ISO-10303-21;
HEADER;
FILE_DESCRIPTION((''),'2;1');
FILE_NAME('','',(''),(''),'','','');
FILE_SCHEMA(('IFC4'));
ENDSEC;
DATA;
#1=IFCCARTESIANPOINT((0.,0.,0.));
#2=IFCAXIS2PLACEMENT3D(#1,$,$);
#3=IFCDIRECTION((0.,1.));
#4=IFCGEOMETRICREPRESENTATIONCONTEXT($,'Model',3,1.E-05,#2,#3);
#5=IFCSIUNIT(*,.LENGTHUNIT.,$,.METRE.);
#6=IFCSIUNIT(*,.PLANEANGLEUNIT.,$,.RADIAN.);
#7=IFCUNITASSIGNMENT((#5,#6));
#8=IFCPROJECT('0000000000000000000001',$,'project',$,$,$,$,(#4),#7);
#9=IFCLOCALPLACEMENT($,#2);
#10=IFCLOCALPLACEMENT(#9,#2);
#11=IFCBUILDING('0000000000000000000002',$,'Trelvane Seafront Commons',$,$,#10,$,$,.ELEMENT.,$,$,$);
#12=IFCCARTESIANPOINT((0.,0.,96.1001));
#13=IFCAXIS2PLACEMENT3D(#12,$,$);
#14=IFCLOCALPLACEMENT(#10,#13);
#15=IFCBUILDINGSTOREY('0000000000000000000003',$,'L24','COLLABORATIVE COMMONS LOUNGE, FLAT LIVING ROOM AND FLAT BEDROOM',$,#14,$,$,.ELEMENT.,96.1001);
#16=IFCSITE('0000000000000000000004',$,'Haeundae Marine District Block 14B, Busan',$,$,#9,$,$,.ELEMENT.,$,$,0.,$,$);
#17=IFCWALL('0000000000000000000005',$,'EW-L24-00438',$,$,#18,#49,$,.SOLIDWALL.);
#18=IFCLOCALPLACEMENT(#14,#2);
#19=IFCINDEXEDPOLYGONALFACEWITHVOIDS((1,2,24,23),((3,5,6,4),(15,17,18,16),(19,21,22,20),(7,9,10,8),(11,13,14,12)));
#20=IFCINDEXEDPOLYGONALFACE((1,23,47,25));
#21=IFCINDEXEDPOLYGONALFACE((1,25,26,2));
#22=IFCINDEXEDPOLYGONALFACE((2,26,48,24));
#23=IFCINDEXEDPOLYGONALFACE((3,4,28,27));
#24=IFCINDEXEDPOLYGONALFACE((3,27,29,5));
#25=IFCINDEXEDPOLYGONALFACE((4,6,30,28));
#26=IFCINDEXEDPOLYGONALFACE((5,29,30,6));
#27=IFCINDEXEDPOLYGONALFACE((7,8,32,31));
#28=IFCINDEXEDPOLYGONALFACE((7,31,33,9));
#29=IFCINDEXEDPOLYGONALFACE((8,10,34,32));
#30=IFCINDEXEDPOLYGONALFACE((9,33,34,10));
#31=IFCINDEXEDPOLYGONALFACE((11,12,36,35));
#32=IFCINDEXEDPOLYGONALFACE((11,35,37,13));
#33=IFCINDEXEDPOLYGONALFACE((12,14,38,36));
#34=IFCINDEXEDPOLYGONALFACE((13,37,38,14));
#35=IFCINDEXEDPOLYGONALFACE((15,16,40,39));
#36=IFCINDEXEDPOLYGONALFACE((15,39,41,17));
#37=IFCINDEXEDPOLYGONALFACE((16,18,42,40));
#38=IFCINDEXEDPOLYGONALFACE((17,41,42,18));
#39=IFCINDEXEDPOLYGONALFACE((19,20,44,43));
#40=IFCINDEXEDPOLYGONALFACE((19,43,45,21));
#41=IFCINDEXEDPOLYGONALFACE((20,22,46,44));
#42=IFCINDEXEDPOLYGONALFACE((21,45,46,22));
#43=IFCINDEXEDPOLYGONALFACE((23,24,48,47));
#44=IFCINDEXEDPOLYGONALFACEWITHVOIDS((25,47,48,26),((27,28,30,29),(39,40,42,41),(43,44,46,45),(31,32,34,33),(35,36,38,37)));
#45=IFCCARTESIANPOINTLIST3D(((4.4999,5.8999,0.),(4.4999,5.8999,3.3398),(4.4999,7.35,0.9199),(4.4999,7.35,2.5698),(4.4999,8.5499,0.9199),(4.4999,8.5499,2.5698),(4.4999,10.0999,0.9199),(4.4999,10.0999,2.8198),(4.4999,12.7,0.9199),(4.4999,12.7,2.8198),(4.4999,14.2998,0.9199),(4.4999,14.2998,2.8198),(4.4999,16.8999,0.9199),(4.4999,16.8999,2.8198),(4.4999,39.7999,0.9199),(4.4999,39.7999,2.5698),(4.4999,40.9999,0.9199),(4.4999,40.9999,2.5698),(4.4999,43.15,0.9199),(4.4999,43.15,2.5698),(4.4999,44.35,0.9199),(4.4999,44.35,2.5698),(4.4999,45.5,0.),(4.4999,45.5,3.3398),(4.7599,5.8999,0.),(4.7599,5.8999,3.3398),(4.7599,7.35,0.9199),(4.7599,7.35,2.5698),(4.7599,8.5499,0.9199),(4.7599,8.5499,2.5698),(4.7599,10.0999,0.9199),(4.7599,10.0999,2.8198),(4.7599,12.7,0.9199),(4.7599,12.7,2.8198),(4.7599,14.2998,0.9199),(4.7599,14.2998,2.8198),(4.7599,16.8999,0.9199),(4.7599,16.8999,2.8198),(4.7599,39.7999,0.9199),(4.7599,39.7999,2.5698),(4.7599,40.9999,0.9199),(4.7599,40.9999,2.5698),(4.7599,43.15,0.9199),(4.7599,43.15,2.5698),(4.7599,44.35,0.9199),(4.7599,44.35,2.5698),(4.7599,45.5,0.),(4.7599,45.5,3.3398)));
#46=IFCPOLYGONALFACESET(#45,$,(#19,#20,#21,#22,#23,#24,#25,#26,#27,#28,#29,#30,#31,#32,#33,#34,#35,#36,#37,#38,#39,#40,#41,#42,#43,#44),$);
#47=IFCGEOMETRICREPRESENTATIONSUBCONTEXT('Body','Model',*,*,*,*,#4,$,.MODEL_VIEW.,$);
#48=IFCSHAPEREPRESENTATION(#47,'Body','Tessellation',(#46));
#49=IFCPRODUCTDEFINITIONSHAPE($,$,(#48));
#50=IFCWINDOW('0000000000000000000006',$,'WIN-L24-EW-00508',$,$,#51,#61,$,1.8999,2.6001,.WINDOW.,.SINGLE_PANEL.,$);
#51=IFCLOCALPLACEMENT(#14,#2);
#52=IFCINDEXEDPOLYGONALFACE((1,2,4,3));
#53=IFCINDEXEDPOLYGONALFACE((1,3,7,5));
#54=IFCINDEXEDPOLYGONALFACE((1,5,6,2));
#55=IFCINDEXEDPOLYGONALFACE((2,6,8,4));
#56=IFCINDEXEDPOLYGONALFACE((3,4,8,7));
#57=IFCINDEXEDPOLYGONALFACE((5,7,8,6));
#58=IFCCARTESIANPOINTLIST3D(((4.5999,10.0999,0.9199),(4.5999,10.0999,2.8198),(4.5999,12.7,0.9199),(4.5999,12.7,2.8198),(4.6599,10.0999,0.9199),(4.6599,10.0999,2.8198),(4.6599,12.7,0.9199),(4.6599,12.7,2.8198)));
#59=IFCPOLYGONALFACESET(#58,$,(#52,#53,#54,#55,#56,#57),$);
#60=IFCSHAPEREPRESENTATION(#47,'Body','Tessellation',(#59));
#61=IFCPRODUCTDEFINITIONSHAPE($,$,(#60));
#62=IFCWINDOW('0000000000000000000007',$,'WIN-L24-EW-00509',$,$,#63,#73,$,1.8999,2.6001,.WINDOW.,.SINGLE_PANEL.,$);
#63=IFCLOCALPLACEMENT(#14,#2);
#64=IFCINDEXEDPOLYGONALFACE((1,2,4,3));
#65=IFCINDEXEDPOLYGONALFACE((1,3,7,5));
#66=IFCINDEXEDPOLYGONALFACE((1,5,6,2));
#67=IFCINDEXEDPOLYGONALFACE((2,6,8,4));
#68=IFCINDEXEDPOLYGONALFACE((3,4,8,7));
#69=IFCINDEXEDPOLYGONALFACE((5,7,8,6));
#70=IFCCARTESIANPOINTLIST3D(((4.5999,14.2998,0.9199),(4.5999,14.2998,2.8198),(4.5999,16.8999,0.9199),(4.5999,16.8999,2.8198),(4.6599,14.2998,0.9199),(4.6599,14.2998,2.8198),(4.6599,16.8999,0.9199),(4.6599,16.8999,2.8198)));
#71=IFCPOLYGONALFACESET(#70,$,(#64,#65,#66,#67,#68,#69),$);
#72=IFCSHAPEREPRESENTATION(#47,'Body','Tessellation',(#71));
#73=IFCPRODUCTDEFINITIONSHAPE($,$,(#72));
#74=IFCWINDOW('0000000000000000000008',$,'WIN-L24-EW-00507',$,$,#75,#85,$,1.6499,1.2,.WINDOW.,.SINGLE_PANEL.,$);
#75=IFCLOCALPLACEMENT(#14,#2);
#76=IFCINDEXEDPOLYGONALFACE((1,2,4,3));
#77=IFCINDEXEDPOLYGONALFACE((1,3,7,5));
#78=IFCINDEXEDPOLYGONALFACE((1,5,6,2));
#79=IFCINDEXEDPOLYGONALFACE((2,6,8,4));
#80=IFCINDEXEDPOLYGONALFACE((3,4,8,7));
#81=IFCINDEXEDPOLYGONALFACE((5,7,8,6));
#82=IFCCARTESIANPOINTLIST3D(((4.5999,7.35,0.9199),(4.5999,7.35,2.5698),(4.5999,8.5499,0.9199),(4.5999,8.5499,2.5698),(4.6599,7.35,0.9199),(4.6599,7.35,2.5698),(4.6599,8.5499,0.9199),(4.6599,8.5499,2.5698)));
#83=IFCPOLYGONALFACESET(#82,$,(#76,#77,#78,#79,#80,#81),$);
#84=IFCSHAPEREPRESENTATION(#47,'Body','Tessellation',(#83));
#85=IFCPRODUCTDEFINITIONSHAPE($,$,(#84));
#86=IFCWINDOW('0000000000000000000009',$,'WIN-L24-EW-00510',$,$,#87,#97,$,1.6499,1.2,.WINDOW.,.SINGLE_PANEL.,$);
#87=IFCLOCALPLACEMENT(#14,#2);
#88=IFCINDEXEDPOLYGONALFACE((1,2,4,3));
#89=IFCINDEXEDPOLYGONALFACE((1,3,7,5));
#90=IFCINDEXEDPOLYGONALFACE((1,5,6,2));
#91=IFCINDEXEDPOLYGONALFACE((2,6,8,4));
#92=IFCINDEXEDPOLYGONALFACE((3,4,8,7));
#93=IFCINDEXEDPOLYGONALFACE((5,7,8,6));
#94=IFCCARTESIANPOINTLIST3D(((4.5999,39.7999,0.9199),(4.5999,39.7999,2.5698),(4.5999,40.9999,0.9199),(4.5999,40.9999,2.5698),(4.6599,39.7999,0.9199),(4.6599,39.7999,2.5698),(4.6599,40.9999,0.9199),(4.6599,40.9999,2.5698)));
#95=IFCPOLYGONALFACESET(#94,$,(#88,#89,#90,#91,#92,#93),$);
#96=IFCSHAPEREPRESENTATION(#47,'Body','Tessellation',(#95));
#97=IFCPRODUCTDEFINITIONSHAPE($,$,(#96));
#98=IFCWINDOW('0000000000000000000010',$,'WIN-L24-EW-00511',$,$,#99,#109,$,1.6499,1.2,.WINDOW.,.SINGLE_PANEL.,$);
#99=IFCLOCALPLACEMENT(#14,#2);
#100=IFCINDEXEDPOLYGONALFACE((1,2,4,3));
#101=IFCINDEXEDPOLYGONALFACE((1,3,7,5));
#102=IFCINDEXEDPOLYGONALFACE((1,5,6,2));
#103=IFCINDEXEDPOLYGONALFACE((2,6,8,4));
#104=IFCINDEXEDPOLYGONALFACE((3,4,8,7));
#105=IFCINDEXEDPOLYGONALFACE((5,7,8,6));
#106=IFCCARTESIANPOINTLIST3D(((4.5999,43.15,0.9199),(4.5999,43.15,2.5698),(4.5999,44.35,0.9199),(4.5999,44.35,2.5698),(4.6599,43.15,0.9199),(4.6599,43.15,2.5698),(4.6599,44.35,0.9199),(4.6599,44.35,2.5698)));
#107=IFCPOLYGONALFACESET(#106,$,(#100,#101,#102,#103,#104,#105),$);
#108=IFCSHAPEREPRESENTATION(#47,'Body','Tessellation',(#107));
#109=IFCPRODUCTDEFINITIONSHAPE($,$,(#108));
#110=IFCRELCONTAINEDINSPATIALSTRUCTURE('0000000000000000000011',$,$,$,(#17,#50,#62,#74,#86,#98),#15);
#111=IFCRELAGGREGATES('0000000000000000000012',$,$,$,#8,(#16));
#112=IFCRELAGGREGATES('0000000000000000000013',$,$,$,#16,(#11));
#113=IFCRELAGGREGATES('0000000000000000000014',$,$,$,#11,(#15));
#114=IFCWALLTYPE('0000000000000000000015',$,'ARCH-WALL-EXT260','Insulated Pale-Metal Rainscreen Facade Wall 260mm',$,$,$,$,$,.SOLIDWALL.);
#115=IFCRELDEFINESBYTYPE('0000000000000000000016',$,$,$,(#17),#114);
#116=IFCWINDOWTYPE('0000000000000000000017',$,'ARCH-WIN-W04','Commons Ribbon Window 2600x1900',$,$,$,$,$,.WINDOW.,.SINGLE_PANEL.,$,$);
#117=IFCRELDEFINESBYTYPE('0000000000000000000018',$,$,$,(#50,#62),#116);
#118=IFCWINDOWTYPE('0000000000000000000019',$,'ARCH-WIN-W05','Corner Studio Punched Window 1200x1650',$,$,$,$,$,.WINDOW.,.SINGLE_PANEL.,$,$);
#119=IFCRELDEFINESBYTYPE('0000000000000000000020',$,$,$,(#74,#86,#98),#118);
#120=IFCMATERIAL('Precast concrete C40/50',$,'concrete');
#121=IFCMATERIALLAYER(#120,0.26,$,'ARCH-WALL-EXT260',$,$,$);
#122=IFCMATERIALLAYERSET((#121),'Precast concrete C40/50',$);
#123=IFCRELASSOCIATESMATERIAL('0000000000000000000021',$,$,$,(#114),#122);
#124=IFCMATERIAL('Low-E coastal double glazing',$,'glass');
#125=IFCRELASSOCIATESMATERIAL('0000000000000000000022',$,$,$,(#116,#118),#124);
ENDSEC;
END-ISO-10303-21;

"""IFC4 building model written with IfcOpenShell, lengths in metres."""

from ifc_helpers import new_model, si_unit, direction, frame, frame_2d, origin, place, context, subcontext, project, spatial, rectangle, extrude, source, transform, mapped, material, layer, layer_set, type_object, element, fill, save


model = new_model("IFC4")

# Units and contexts
model_context = context("Model", 3, precision=1e-05, world=origin(), true_north=direction((0.0, 1.0)))
body_context = subcontext(model_context, "Body", "Model", "MODEL_VIEW")
ifc_project = project(units=[si_unit("LENGTHUNIT", "METRE"), si_unit("PLANEANGLEUNIT", "RADIAN")], contexts=[model_context])

# Site, building, storey
site_placement = place(None, origin())
site = spatial("IfcSite", under=ifc_project, at=site_placement, Name="Haeundae Marine District Block 14B, Busan", CompositionType="ELEMENT", RefElevation=0.0)
building_placement = place(site_placement, origin())
building = spatial("IfcBuilding", under=site, at=building_placement, Name="Trelvane Seafront Commons", CompositionType="ELEMENT")
storey_placement = place(building_placement, frame((0.0, 0.0, 96.1001)))
storey = spatial("IfcBuildingStorey", under=building, at=storey_placement, Name="L24", Description="COLLABORATIVE COMMONS LOUNGE, FLAT LIVING ROOM AND FLAT BEDROOM", CompositionType="ELEMENT", Elevation=96.1001)

# Shared definitions
ifc_material_1 = material(Name="Precast concrete C40/50", Category="concrete")
ifc_layer_1 = layer(ifc_material_1, 0.26, Name="ARCH-WALL-EXT260")
ifc_layer_set_1 = layer_set([ifc_layer_1], Name="Precast concrete C40/50")
wall_type_1 = type_object("IfcWallType", Name="ARCH-WALL-EXT260", Description="Insulated Pale-Metal Rainscreen Facade Wall 260mm", PredefinedType="SOLIDWALL", material=ifc_layer_set_1)

# Wall, openings, windows
wall_1_placement = place(storey_placement, frame((4.6299, 5.8999, 0.0), z_axis=(0.0, 0.0, 1.0), x_axis=(0.0, 1.0, 0.0)))
wall_1 = element("IfcWall", 1, at=wall_1_placement, inside=storey, type_object=wall_type_1, Name="EW-L24-00438", PredefinedType="SOLIDWALL", context=body_context, shape_type="SweptSolid", body=[
    extrude(rectangle(XDim=39.6001, YDim=0.26, at=frame_2d((19.8, 0.0))), origin(), (0.0, 0.0, 1.0), 3.3398),
])
opening_1_placement = place(wall_1_placement, frame((1.45, 0.0, 0.9199)))
opening_1 = element("IfcOpeningElement", 2, at=opening_1_placement, cuts=wall_1, PredefinedType="OPENING", context=body_context, shape_type="SweptSolid", body=[
    extrude(rectangle(XDim=1.2, YDim=1.6499, at=frame_2d((0.6001, 0.825))), frame((0.0, 0.1399, 0.0), z_axis=(0.0, -1.0, 0.0), x_axis=(1.0, 0.0, 0.0)), (0.0, 0.0, 1.0), 0.28),
])
opening_2_placement = place(wall_1_placement, frame((4.2, 0.0, 0.9199)))
opening_2 = element("IfcOpeningElement", 3, at=opening_2_placement, cuts=wall_1, PredefinedType="OPENING", context=body_context, shape_type="SweptSolid", body=[
    extrude(rectangle(XDim=2.6001, YDim=1.8999, at=frame_2d((1.3, 0.95))), frame((0.0, 0.1399, 0.0), z_axis=(0.0, -1.0, 0.0), x_axis=(1.0, 0.0, 0.0)), (0.0, 0.0, 1.0), 0.28),
])
opening_3_placement = place(wall_1_placement, frame((8.3999, 0.0, 0.9199)))
opening_3 = element("IfcOpeningElement", 4, at=opening_3_placement, cuts=wall_1, PredefinedType="OPENING", context=body_context, shape_type="SweptSolid", body=[
    extrude(rectangle(XDim=2.6001, YDim=1.8999, at=frame_2d((1.3, 0.95))), frame((0.0, 0.1399, 0.0), z_axis=(0.0, -1.0, 0.0), x_axis=(1.0, 0.0, 0.0)), (0.0, 0.0, 1.0), 0.28),
])
opening_4_placement = place(wall_1_placement, frame((33.8999, 0.0, 0.9199)))
opening_4 = element("IfcOpeningElement", 5, at=opening_4_placement, cuts=wall_1, PredefinedType="OPENING", context=body_context, shape_type="SweptSolid", body=[
    extrude(rectangle(XDim=1.2, YDim=1.6499, at=frame_2d((0.6001, 0.825))), frame((0.0, 0.1399, 0.0), z_axis=(0.0, -1.0, 0.0), x_axis=(1.0, 0.0, 0.0)), (0.0, 0.0, 1.0), 0.28),
])
opening_5_placement = place(wall_1_placement, frame((37.25, 0.0, 0.9199)))
opening_5 = element("IfcOpeningElement", 6, at=opening_5_placement, cuts=wall_1, PredefinedType="OPENING", context=body_context, shape_type="SweptSolid", body=[
    extrude(rectangle(XDim=1.2, YDim=1.6499, at=frame_2d((0.6001, 0.825))), frame((0.0, 0.1399, 0.0), z_axis=(0.0, -1.0, 0.0), x_axis=(1.0, 0.0, 0.0)), (0.0, 0.0, 1.0), 0.28),
])
ifc_material_2 = material(Name="Low-E coastal double glazing", Category="glass")
window_type_1 = type_object("IfcWindowType", Name="ARCH-WIN-W04", Description="Commons Ribbon Window 2600x1900", PartitioningType="SINGLE_PANEL", PredefinedType="WINDOW", material=ifc_material_2)
shared_shape_1 = source(origin(), body_context, "Body", "SweptSolid", [
    extrude(rectangle(XDim=2.6001, YDim=1.8999, at=frame_2d((1.3, 0.95))), frame((0.0, 0.03, 0.0), z_axis=(0.0, -1.0, 0.0), x_axis=(1.0, 0.0, 0.0)), (0.0, 0.0, 1.0), 0.0601),
])
window_1_placement = place(opening_2_placement, origin())
window_1 = element("IfcWindow", 7, at=window_1_placement, inside=storey, type_object=window_type_1, Name="WIN-L24-EW-00508", OverallHeight=1.8999, OverallWidth=2.6001, PartitioningType="SINGLE_PANEL", PredefinedType="WINDOW", context=body_context, shape_type="MappedRepresentation", body=[
    mapped(shared_shape_1, transform((0.0, 0.0, 0.0), x_axis=(1.0, 0.0, 0.0), y_axis=(0.0, 1.0, 0.0), z_axis=(0.0, 0.0, 1.0), scale=1.0)),
])
fill(opening_2, window_1)
window_2_placement = place(opening_3_placement, origin())
window_2 = element("IfcWindow", 8, at=window_2_placement, inside=storey, type_object=window_type_1, Name="WIN-L24-EW-00509", OverallHeight=1.8999, OverallWidth=2.6001, PartitioningType="SINGLE_PANEL", PredefinedType="WINDOW", context=body_context, shape_type="MappedRepresentation", body=[
    mapped(shared_shape_1, transform((0.0, 0.0, 0.0), x_axis=(1.0, 0.0, 0.0), y_axis=(0.0, 1.0, 0.0), z_axis=(0.0, 0.0, 1.0), scale=1.0)),
])
fill(opening_3, window_2)
window_type_2 = type_object("IfcWindowType", Name="ARCH-WIN-W05", Description="Corner Studio Punched Window 1200x1650", PartitioningType="SINGLE_PANEL", PredefinedType="WINDOW", material=ifc_material_2)
shared_shape_2 = source(origin(), body_context, "Body", "SweptSolid", [
    extrude(rectangle(XDim=1.2, YDim=1.6499, at=frame_2d((0.6001, 0.825))), frame((0.0, 0.03, 0.0), z_axis=(0.0, -1.0, 0.0), x_axis=(1.0, 0.0, 0.0)), (0.0, 0.0, 1.0), 0.0601),
])
window_3_placement = place(opening_1_placement, origin())
window_3 = element("IfcWindow", 9, at=window_3_placement, inside=storey, type_object=window_type_2, Name="WIN-L24-EW-00507", OverallHeight=1.6499, OverallWidth=1.2, PartitioningType="SINGLE_PANEL", PredefinedType="WINDOW", context=body_context, shape_type="MappedRepresentation", body=[
    mapped(shared_shape_2, transform((0.0, 0.0, 0.0), x_axis=(1.0, 0.0, 0.0), y_axis=(0.0, 1.0, 0.0), z_axis=(0.0, 0.0, 1.0), scale=1.0)),
])
fill(opening_1, window_3)
window_4_placement = place(opening_4_placement, origin())
window_4 = element("IfcWindow", 10, at=window_4_placement, inside=storey, type_object=window_type_2, Name="WIN-L24-EW-00510", OverallHeight=1.6499, OverallWidth=1.2, PartitioningType="SINGLE_PANEL", PredefinedType="WINDOW", context=body_context, shape_type="MappedRepresentation", body=[
    mapped(shared_shape_2, transform((0.0, 0.0, 0.0), x_axis=(1.0, 0.0, 0.0), y_axis=(0.0, 1.0, 0.0), z_axis=(0.0, 0.0, 1.0), scale=1.0)),
])
fill(opening_4, window_4)
window_5_placement = place(opening_5_placement, origin())
window_5 = element("IfcWindow", 11, at=window_5_placement, inside=storey, type_object=window_type_2, Name="WIN-L24-EW-00511", OverallHeight=1.6499, OverallWidth=1.2, PartitioningType="SINGLE_PANEL", PredefinedType="WINDOW", context=body_context, shape_type="MappedRepresentation", body=[
    mapped(shared_shape_2, transform((0.0, 0.0, 0.0), x_axis=(1.0, 0.0, 0.0), y_axis=(0.0, 1.0, 0.0), z_axis=(0.0, 0.0, 1.0), scale=1.0)),
])
fill(opening_5, window_5)

save(model, "model.ifc")
